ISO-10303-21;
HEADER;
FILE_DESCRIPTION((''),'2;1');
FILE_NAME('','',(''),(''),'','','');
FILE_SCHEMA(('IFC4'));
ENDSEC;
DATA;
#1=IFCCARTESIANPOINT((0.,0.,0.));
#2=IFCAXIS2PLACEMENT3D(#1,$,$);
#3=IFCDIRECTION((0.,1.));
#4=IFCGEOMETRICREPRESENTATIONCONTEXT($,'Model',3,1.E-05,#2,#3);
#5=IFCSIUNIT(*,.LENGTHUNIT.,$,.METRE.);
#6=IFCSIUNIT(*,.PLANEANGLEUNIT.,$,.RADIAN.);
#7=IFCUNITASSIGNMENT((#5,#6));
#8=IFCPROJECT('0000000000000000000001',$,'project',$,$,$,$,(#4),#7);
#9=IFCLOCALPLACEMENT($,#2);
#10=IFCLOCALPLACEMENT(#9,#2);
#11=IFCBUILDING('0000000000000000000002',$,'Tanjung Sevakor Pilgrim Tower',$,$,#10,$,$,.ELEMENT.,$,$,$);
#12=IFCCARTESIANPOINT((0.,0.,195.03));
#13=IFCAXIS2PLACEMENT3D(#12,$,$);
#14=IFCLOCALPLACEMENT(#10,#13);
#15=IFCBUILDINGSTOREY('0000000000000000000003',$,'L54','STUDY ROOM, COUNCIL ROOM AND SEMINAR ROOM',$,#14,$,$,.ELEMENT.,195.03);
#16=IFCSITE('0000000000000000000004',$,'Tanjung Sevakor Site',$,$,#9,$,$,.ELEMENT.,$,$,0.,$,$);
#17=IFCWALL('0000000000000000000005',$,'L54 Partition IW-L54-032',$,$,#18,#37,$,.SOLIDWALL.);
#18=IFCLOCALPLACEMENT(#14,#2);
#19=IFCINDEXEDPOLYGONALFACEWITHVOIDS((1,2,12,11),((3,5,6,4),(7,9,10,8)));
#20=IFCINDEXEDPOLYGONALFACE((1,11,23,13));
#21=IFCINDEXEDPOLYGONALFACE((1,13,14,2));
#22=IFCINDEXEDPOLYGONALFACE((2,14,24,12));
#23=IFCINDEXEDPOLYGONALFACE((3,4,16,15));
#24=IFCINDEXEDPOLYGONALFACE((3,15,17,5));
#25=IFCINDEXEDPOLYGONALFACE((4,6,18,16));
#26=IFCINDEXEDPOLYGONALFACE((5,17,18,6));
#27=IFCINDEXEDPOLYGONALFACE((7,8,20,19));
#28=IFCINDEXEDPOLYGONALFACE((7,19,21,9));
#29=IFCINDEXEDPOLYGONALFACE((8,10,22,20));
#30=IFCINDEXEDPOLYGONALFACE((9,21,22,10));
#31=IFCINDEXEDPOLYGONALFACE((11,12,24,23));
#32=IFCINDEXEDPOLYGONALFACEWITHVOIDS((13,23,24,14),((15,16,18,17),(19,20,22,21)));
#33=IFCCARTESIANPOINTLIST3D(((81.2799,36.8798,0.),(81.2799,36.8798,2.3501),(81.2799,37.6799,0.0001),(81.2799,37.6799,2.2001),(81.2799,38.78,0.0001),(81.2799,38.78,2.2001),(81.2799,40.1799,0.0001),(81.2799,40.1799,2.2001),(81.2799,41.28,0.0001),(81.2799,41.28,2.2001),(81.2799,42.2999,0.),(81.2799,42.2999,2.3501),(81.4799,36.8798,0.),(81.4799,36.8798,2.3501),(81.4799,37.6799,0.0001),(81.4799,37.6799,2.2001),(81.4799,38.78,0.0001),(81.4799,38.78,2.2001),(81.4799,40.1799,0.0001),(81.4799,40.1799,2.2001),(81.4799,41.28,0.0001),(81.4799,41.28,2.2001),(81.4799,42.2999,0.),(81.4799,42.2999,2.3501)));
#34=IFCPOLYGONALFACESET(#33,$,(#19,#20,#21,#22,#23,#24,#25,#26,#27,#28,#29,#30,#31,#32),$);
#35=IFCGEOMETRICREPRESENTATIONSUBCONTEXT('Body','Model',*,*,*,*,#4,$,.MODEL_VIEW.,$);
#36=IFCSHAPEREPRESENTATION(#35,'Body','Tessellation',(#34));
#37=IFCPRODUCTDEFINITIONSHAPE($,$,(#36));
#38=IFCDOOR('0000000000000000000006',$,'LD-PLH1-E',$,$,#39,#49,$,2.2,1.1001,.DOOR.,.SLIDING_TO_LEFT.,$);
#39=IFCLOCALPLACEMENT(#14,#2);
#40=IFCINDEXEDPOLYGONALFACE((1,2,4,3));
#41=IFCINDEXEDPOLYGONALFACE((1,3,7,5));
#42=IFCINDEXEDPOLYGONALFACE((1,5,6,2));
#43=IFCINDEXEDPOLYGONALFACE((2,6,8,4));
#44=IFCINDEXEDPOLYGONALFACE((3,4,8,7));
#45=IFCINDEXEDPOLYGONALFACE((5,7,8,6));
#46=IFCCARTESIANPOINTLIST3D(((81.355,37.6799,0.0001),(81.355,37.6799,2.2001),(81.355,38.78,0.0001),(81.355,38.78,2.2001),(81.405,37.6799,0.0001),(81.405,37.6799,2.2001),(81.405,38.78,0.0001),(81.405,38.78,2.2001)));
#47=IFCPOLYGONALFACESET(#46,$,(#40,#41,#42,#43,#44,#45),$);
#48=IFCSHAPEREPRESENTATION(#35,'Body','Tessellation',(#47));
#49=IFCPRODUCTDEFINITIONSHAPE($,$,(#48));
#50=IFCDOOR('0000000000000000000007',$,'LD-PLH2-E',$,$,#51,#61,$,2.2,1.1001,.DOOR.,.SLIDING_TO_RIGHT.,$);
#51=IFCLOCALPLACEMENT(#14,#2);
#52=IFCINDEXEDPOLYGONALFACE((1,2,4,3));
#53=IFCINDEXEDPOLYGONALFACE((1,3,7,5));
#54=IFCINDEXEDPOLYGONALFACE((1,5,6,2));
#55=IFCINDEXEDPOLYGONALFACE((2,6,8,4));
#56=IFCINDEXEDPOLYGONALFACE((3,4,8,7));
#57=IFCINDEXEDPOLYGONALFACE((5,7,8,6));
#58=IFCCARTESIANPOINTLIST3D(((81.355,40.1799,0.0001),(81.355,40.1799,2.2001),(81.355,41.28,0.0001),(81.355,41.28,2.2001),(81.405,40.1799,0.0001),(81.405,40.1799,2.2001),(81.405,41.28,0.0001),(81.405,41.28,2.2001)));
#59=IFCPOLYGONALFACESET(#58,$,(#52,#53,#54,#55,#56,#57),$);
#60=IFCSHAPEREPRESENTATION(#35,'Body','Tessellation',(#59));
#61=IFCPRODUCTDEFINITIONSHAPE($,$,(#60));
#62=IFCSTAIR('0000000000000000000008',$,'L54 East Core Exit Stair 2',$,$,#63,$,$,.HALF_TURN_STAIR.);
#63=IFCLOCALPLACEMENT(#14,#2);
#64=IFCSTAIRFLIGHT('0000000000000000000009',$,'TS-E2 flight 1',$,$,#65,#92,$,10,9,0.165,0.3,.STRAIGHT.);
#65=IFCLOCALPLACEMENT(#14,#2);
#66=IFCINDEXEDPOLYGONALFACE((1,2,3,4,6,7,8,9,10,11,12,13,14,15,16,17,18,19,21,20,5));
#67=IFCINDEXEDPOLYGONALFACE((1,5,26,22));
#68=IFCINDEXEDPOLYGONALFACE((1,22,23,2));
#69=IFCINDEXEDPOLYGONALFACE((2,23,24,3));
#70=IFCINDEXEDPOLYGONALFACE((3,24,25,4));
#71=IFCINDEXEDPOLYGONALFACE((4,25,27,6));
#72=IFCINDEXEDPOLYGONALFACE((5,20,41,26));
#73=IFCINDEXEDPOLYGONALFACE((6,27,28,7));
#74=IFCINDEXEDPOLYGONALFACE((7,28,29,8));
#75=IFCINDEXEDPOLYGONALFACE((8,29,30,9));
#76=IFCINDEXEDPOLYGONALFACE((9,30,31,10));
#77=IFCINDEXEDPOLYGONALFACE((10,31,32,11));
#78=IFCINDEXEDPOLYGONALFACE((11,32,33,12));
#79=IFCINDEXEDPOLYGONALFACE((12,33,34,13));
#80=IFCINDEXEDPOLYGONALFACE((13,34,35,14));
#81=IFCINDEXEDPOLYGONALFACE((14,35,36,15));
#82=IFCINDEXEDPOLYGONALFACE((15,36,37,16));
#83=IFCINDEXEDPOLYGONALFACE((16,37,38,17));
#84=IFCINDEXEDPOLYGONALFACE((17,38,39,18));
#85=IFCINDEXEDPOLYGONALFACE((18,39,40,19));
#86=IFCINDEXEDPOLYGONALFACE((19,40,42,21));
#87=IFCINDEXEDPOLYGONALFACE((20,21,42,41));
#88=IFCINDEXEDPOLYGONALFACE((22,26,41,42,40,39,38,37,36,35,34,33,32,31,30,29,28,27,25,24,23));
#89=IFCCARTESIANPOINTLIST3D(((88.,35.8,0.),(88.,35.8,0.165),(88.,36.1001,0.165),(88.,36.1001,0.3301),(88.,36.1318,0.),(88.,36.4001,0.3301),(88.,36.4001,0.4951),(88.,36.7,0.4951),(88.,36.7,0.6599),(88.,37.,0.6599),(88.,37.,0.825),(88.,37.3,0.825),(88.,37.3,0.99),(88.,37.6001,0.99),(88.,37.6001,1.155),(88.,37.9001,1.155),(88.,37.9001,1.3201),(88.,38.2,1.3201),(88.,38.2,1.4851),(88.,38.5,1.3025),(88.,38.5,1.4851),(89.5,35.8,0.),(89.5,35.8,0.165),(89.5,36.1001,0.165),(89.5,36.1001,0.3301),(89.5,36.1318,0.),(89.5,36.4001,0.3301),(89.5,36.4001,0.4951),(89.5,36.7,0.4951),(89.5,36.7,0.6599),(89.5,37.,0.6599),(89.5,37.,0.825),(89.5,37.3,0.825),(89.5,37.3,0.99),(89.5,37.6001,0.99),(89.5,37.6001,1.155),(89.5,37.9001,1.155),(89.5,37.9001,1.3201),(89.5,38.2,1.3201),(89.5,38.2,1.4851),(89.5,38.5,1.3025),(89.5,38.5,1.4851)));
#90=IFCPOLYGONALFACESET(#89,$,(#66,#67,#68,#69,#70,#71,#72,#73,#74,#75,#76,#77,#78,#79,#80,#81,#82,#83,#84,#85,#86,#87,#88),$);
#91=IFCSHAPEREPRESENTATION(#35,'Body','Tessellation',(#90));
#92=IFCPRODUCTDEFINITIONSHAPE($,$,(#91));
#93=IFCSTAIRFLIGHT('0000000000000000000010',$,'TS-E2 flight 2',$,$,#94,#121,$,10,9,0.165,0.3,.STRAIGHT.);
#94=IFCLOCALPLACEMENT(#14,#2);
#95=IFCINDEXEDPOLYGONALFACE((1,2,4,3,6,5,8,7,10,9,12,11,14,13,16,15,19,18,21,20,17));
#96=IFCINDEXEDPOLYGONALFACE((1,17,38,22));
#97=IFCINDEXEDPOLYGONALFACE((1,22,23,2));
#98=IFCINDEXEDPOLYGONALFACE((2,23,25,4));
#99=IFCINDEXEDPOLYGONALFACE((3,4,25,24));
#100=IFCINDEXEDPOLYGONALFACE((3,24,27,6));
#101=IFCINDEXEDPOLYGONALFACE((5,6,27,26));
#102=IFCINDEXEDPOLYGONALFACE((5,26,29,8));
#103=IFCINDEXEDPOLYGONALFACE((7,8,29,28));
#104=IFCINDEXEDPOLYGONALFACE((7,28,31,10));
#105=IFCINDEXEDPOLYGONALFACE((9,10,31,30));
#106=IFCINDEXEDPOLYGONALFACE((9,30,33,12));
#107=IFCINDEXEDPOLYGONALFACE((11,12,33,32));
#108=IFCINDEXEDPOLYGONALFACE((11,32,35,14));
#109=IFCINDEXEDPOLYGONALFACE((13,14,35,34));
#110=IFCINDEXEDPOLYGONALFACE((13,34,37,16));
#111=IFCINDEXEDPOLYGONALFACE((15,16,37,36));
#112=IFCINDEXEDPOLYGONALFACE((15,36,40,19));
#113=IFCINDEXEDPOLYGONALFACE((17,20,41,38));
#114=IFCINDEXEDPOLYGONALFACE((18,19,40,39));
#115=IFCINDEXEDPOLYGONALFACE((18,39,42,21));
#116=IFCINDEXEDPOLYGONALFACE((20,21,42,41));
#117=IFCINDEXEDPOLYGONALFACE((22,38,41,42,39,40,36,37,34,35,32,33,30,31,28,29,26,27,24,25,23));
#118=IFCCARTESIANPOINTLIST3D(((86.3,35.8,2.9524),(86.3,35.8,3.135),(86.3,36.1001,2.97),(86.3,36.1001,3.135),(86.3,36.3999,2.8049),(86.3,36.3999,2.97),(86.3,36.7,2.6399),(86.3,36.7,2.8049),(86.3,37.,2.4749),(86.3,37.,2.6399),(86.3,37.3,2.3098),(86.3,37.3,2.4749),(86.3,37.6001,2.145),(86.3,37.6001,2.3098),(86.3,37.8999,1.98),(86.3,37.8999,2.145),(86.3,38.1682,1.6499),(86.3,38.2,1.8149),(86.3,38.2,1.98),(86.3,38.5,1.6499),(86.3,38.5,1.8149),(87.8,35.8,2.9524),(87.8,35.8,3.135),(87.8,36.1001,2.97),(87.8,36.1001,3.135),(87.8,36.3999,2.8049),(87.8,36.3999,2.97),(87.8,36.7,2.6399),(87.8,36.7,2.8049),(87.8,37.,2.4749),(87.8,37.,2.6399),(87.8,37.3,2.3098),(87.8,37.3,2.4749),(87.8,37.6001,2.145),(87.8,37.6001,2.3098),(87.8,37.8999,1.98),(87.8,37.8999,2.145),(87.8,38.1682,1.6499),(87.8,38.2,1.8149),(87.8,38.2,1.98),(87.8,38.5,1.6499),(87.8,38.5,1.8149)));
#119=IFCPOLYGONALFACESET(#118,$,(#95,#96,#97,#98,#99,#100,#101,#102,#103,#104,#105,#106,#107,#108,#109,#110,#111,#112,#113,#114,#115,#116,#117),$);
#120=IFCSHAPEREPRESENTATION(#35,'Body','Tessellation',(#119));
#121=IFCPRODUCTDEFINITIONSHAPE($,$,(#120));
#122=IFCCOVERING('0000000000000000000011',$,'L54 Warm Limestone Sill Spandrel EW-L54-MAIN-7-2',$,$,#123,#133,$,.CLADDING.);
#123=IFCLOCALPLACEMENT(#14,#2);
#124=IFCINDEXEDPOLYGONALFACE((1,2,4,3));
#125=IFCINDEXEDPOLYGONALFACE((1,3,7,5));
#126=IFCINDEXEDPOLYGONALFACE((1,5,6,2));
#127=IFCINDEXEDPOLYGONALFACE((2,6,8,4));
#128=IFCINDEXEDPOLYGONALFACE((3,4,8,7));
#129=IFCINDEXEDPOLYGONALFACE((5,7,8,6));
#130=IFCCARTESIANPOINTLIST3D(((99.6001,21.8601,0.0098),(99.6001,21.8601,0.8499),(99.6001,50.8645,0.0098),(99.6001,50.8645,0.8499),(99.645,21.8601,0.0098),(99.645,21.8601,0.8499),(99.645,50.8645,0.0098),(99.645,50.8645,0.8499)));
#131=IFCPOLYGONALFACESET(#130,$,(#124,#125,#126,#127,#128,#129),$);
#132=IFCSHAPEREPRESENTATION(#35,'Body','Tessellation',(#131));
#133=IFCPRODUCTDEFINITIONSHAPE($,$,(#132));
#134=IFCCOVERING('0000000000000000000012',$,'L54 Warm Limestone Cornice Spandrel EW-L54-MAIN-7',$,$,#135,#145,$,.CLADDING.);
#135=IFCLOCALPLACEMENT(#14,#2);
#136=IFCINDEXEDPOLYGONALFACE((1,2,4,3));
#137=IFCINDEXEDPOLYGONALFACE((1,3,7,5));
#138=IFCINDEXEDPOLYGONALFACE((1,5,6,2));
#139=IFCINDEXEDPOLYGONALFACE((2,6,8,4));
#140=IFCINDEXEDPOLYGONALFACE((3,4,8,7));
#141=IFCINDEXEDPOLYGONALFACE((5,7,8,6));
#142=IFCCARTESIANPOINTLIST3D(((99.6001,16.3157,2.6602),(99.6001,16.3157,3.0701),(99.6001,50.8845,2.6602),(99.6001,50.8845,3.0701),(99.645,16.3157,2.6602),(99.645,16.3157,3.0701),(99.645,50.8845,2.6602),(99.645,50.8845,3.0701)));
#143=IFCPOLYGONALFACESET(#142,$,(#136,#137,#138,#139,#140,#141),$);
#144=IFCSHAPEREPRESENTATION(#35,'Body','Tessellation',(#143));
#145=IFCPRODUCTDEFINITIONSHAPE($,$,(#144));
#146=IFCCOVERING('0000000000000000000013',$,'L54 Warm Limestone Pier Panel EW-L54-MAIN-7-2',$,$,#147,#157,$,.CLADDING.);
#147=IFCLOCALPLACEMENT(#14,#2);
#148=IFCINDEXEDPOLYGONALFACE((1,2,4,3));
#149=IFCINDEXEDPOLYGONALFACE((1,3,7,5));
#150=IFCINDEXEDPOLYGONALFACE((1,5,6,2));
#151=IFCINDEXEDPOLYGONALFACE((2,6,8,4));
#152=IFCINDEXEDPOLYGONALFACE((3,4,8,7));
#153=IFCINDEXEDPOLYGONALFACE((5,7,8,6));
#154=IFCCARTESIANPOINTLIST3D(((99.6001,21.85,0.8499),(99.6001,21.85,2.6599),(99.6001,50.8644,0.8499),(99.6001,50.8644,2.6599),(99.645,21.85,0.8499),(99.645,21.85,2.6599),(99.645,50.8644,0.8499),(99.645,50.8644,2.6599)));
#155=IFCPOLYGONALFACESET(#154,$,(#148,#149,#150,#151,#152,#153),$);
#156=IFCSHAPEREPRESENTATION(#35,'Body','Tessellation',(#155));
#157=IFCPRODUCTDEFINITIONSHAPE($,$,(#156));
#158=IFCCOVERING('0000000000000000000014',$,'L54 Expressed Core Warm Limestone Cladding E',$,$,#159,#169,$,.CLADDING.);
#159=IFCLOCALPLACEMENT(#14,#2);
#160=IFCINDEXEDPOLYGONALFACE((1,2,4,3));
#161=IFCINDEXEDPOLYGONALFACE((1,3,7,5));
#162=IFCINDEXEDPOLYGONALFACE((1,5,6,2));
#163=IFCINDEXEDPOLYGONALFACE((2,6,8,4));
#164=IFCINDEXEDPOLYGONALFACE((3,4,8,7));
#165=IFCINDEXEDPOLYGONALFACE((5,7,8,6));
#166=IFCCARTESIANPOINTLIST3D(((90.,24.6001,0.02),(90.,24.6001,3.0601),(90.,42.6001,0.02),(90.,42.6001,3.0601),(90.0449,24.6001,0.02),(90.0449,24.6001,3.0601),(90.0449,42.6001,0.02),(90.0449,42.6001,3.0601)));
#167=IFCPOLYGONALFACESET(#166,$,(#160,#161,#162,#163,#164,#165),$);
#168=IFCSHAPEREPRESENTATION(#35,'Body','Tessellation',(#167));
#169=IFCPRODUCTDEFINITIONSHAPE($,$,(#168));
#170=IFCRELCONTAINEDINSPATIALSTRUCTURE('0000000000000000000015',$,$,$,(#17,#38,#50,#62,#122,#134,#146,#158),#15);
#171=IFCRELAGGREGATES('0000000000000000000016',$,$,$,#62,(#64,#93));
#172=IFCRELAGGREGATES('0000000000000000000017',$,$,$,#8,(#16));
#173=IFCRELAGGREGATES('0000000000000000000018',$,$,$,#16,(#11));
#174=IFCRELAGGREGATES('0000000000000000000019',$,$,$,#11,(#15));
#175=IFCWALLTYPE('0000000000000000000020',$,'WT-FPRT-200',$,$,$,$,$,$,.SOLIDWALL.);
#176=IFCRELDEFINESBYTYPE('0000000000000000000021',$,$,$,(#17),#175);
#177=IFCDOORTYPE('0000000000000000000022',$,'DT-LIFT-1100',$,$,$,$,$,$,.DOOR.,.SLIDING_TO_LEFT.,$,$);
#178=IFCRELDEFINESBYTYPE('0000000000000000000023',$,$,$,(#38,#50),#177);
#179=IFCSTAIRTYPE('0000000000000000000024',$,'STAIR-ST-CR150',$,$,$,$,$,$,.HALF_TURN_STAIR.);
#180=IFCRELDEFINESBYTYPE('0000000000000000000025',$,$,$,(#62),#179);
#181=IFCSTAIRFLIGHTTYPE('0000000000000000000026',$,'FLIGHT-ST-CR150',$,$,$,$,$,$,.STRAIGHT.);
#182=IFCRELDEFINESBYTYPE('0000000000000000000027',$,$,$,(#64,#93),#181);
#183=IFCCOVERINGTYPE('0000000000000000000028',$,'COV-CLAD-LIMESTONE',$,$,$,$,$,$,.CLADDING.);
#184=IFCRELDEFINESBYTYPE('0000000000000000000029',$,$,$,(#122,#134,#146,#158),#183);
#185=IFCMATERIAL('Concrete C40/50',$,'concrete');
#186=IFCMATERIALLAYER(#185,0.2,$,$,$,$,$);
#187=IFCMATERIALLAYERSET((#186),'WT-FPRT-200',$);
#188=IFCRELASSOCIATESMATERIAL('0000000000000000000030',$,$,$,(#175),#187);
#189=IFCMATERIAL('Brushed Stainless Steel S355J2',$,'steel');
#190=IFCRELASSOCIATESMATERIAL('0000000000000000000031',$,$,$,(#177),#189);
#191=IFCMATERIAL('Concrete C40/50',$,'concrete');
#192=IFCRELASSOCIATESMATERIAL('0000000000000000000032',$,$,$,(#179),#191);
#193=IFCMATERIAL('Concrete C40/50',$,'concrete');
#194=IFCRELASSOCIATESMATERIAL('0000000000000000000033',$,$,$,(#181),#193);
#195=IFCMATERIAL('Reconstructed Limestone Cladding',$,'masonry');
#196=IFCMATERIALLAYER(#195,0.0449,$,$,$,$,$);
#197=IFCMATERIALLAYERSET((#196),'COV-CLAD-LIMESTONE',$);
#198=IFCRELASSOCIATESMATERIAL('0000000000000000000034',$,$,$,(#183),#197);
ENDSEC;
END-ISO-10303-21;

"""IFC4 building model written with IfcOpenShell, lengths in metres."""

from ifc_helpers import new_model, si_unit, direction, frame, frame_2d, origin, origin_2d, place, context, subcontext, project, spatial, polyline, rectangle, outline, extrude, material, layer, layer_set, type_object, element, fill, aggregate, save


model = new_model("IFC4")

# Units and contexts
model_context = context("Model", 3, precision=1e-05, world=origin(), true_north=direction((0.0, 1.0)))
body_context = subcontext(model_context, "Body", "Model", "MODEL_VIEW")
ifc_project = project(units=[si_unit("LENGTHUNIT", "METRE"), si_unit("PLANEANGLEUNIT", "RADIAN")], contexts=[model_context])

# Site, building, storey
site_placement = place(None, origin())
site = spatial("IfcSite", under=ifc_project, at=site_placement, Name="Tanjung Sevakor Site", CompositionType="ELEMENT", RefElevation=0.0)
building_placement = place(site_placement, origin())
building = spatial("IfcBuilding", under=site, at=building_placement, Name="Tanjung Sevakor Pilgrim Tower", CompositionType="ELEMENT")
storey_placement = place(building_placement, frame((0.0, 0.0, 195.03)))
storey = spatial("IfcBuildingStorey", under=building, at=storey_placement, Name="L54", Description="STUDY ROOM, COUNCIL ROOM AND SEMINAR ROOM", CompositionType="ELEMENT", Elevation=195.03)

# Wall, openings, doors
ifc_material_1 = material(Name="Concrete C40/50", Category="concrete")
ifc_layer_1 = layer(ifc_material_1, 0.2)
ifc_layer_set_1 = layer_set([ifc_layer_1], Name="WT-FPRT-200")
wall_type_1 = type_object("IfcWallType", Name="WT-FPRT-200", PredefinedType="SOLIDWALL", material=ifc_layer_set_1)
wall_1_placement = place(storey_placement, frame((81.3799, 36.8799, 0.0), z_axis=(0.0, 0.0, 1.0), x_axis=(0.0, 1.0, 0.0)))
wall_1 = element("IfcWall", 1, at=wall_1_placement, inside=storey, type_object=wall_type_1, Name="L54 Partition IW-L54-032", PredefinedType="SOLIDWALL", context=body_context, shape_type="SweptSolid", body=[
    extrude(rectangle(XDim=5.4202, YDim=0.2, at=frame_2d((2.71, 0.0))), origin(), (0.0, 0.0, 1.0), 2.3501),
])
opening_1_placement = place(wall_1_placement, frame((0.8, 0.0, 0.0)))
opening_1 = element("IfcOpeningElement", 2, at=opening_1_placement, cuts=wall_1, PredefinedType="OPENING", context=body_context, shape_type="SweptSolid", body=[
    extrude(rectangle(XDim=1.1001, YDim=2.2, at=frame_2d((0.55, 1.1001))), frame((0.0, 0.1099, 0.0), z_axis=(0.0, -1.0, 0.0), x_axis=(1.0, 0.0, 0.0)), (0.0, 0.0, 1.0), 0.22),
])
opening_2_placement = place(wall_1_placement, frame((3.3, 0.0, 0.0)))
opening_2 = element("IfcOpeningElement", 3, at=opening_2_placement, cuts=wall_1, PredefinedType="OPENING", context=body_context, shape_type="SweptSolid", body=[
    extrude(rectangle(XDim=1.1001, YDim=2.2, at=frame_2d((0.55, 1.1001))), frame((0.0, 0.1099, 0.0), z_axis=(0.0, -1.0, 0.0), x_axis=(1.0, 0.0, 0.0)), (0.0, 0.0, 1.0), 0.22),
])
ifc_material_2 = material(Name="Brushed Stainless Steel S355J2", Category="steel")
door_type_1 = type_object("IfcDoorType", Name="DT-LIFT-1100", OperationType="SLIDING_TO_LEFT", PredefinedType="DOOR", material=ifc_material_2)
door_1_placement = place(opening_1_placement, origin())
door_1 = element("IfcDoor", 4, at=door_1_placement, inside=storey, type_object=door_type_1, Name="LD-PLH1-E", OperationType="SLIDING_TO_LEFT", OverallHeight=2.2, OverallWidth=1.1001, PredefinedType="DOOR", context=body_context, shape_type="SweptSolid", body=[
    extrude(rectangle(XDim=1.1001, YDim=2.2, at=frame_2d((0.55, 1.1001))), frame((0.0, 0.0249, 0.0), z_axis=(0.0, -1.0, 0.0), x_axis=(1.0, 0.0, 0.0)), (0.0, 0.0, 1.0), 0.05),
])
fill(opening_1, door_1)
door_2_placement = place(opening_2_placement, origin())
door_2 = element("IfcDoor", 5, at=door_2_placement, inside=storey, type_object=door_type_1, Name="LD-PLH2-E", OperationType="SLIDING_TO_RIGHT", OverallHeight=2.2, OverallWidth=1.1001, PredefinedType="DOOR", context=body_context, shape_type="SweptSolid", body=[
    extrude(rectangle(XDim=1.1001, YDim=2.2, at=frame_2d((0.55, 1.1001))), frame((0.0, 0.0249, 0.0), z_axis=(0.0, -1.0, 0.0), x_axis=(1.0, 0.0, 0.0)), (0.0, 0.0, 1.0), 0.05),
])
fill(opening_2, door_2)

# Stair, stair flights
ifc_material_3 = material(Name="Concrete C40/50", Category="concrete")
stair_type = type_object("IfcStairType", Name="STAIR-ST-CR150", PredefinedType="HALF_TURN_STAIR", material=ifc_material_3)
stair_placement = place(storey_placement, origin())
stair = element("IfcStair", 6, at=stair_placement, inside=storey, type_object=stair_type, Name="L54 East Core Exit Stair 2", PredefinedType="HALF_TURN_STAIR")
ifc_material_4 = material(Name="Concrete C40/50", Category="concrete")
stair_flight_type = type_object("IfcStairFlightType", Name="FLIGHT-ST-CR150", PredefinedType="STRAIGHT", material=ifc_material_4)
stair_flight_1_placement = place(storey_placement, frame((88.75, 35.8, 0.0), z_axis=(0.0, 0.0, 1.0), x_axis=(0.0, 1.0, 0.0)))
stair_flight_1 = element("IfcStairFlight", 7, at=stair_flight_1_placement, type_object=stair_flight_type, Name="TS-E2 flight 1", NumberOfRisers=10, NumberOfTreads=9, PredefinedType="STRAIGHT", RiserHeight=0.165, TreadLength=0.3, context=body_context, shape_type="SweptSolid", body=[
    extrude(outline(polyline([(0.0, 0.0), (0.0, 0.165), (0.3, 0.165), (0.3, 0.3301), (0.6001, 0.3301), (0.6001, 0.4951), (0.8999, 0.4951), (0.8999, 0.6599), (1.2, 0.6599), (1.2, 0.825), (1.5, 0.825), (1.5, 0.99), (1.8, 0.99), (1.8, 1.155), (2.1001, 1.155), (2.1001, 1.3201), (2.3999, 1.3201), (2.3999, 1.4851), (2.7, 1.4851), (2.7, 1.6499), (2.7, 1.3025), (0.3318, 0.0), (0.0, 0.0)])), frame((0.0, 0.75, 0.0), z_axis=(0.0, -1.0, 0.0), x_axis=(1.0, 0.0, 0.0)), (0.0, 0.0, 1.0), 1.5),
])
stair_flight_2_placement = place(storey_placement, frame((87.05, 38.5, 1.6499), z_axis=(0.0, 0.0, 1.0), x_axis=(0.0, -1.0, 0.0)))
stair_flight_2 = element("IfcStairFlight", 8, at=stair_flight_2_placement, type_object=stair_flight_type, Name="TS-E2 flight 2", NumberOfRisers=10, NumberOfTreads=9, PredefinedType="STRAIGHT", RiserHeight=0.165, TreadLength=0.3, context=body_context, shape_type="SweptSolid", body=[
    extrude(outline(polyline([(0.0, 0.0), (0.0, 0.165), (0.3, 0.165), (0.3, 0.3301), (0.6001, 0.3301), (0.6001, 0.4951), (0.8999, 0.4951), (0.8999, 0.6599), (1.2, 0.6599), (1.2, 0.825), (1.5, 0.825), (1.5, 0.99), (1.8, 0.99), (1.8, 1.155), (2.1001, 1.155), (2.1001, 1.3201), (2.3999, 1.3201), (2.3999, 1.4851), (2.7, 1.4851), (2.7, 1.6499), (2.7, 1.3025), (0.3318, 0.0), (0.0, 0.0)])), frame((0.0, 0.75, 0.0), z_axis=(0.0, -1.0, 0.0), x_axis=(1.0, 0.0, 0.0)), (0.0, 0.0, 1.0), 1.5),
])
aggregate(stair, [stair_flight_1, stair_flight_2])

# Coverings
ifc_material_5 = material(Name="Reconstructed Limestone Cladding", Category="masonry")
ifc_layer_2 = layer(ifc_material_5, 0.0449)
ifc_layer_set_2 = layer_set([ifc_layer_2], Name="COV-CLAD-LIMESTONE")
covering_type = type_object("IfcCoveringType", Name="COV-CLAD-LIMESTONE", PredefinedType="CLADDING", material=ifc_layer_set_2)
covering_1_placement = place(storey_placement, frame((99.6226, 36.3623, 0.0098), z_axis=(0.0, 0.0, 1.0), x_axis=(0.0, 1.0, 0.0)))
element("IfcCovering", 9, at=covering_1_placement, inside=storey, type_object=covering_type, Name="L54 Warm Limestone Sill Spandrel EW-L54-MAIN-7-2", PredefinedType="CLADDING", context=body_context, shape_type="SweptSolid", body=[
    extrude(rectangle(XDim=29.0044, YDim=0.0449, at=origin_2d()), origin(), (0.0, 0.0, 1.0), 0.8401),
])
covering_2_placement = place(storey_placement, frame((99.6226, 33.6001, 2.6602), z_axis=(0.0, 0.0, 1.0), x_axis=(0.0, 1.0, 0.0)))
element("IfcCovering", 10, at=covering_2_placement, inside=storey, type_object=covering_type, Name="L54 Warm Limestone Cornice Spandrel EW-L54-MAIN-7", PredefinedType="CLADDING", context=body_context, shape_type="SweptSolid", body=[
    extrude(rectangle(XDim=34.5688, YDim=0.0449, at=origin_2d()), origin(), (0.0, 0.0, 1.0), 0.4099),
])
covering_3_placement = place(storey_placement, frame((99.6226, 36.3572, 0.8499), z_axis=(0.0, 0.0, 1.0), x_axis=(0.0, 1.0, 0.0)))
element("IfcCovering", 11, at=covering_3_placement, inside=storey, type_object=covering_type, Name="L54 Warm Limestone Pier Panel EW-L54-MAIN-7-2", PredefinedType="CLADDING", context=body_context, shape_type="SweptSolid", body=[
    extrude(rectangle(XDim=29.0144, YDim=0.0449, at=origin_2d()), origin(), (0.0, 0.0, 1.0), 1.8101),
])
covering_4_placement = place(storey_placement, frame((90.0225, 33.6001, 0.02), z_axis=(0.0, 0.0, 1.0), x_axis=(1.0, 0.0, 0.0)))
element("IfcCovering", 12, at=covering_4_placement, inside=storey, type_object=covering_type, Name="L54 Expressed Core Warm Limestone Cladding E", PredefinedType="CLADDING", context=body_context, shape_type="SweptSolid", body=[
    extrude(rectangle(XDim=0.0449, YDim=18.0, at=origin_2d()), origin(), (0.0, 0.0, 1.0), 3.04),
])

save(model, "model.ifc")
